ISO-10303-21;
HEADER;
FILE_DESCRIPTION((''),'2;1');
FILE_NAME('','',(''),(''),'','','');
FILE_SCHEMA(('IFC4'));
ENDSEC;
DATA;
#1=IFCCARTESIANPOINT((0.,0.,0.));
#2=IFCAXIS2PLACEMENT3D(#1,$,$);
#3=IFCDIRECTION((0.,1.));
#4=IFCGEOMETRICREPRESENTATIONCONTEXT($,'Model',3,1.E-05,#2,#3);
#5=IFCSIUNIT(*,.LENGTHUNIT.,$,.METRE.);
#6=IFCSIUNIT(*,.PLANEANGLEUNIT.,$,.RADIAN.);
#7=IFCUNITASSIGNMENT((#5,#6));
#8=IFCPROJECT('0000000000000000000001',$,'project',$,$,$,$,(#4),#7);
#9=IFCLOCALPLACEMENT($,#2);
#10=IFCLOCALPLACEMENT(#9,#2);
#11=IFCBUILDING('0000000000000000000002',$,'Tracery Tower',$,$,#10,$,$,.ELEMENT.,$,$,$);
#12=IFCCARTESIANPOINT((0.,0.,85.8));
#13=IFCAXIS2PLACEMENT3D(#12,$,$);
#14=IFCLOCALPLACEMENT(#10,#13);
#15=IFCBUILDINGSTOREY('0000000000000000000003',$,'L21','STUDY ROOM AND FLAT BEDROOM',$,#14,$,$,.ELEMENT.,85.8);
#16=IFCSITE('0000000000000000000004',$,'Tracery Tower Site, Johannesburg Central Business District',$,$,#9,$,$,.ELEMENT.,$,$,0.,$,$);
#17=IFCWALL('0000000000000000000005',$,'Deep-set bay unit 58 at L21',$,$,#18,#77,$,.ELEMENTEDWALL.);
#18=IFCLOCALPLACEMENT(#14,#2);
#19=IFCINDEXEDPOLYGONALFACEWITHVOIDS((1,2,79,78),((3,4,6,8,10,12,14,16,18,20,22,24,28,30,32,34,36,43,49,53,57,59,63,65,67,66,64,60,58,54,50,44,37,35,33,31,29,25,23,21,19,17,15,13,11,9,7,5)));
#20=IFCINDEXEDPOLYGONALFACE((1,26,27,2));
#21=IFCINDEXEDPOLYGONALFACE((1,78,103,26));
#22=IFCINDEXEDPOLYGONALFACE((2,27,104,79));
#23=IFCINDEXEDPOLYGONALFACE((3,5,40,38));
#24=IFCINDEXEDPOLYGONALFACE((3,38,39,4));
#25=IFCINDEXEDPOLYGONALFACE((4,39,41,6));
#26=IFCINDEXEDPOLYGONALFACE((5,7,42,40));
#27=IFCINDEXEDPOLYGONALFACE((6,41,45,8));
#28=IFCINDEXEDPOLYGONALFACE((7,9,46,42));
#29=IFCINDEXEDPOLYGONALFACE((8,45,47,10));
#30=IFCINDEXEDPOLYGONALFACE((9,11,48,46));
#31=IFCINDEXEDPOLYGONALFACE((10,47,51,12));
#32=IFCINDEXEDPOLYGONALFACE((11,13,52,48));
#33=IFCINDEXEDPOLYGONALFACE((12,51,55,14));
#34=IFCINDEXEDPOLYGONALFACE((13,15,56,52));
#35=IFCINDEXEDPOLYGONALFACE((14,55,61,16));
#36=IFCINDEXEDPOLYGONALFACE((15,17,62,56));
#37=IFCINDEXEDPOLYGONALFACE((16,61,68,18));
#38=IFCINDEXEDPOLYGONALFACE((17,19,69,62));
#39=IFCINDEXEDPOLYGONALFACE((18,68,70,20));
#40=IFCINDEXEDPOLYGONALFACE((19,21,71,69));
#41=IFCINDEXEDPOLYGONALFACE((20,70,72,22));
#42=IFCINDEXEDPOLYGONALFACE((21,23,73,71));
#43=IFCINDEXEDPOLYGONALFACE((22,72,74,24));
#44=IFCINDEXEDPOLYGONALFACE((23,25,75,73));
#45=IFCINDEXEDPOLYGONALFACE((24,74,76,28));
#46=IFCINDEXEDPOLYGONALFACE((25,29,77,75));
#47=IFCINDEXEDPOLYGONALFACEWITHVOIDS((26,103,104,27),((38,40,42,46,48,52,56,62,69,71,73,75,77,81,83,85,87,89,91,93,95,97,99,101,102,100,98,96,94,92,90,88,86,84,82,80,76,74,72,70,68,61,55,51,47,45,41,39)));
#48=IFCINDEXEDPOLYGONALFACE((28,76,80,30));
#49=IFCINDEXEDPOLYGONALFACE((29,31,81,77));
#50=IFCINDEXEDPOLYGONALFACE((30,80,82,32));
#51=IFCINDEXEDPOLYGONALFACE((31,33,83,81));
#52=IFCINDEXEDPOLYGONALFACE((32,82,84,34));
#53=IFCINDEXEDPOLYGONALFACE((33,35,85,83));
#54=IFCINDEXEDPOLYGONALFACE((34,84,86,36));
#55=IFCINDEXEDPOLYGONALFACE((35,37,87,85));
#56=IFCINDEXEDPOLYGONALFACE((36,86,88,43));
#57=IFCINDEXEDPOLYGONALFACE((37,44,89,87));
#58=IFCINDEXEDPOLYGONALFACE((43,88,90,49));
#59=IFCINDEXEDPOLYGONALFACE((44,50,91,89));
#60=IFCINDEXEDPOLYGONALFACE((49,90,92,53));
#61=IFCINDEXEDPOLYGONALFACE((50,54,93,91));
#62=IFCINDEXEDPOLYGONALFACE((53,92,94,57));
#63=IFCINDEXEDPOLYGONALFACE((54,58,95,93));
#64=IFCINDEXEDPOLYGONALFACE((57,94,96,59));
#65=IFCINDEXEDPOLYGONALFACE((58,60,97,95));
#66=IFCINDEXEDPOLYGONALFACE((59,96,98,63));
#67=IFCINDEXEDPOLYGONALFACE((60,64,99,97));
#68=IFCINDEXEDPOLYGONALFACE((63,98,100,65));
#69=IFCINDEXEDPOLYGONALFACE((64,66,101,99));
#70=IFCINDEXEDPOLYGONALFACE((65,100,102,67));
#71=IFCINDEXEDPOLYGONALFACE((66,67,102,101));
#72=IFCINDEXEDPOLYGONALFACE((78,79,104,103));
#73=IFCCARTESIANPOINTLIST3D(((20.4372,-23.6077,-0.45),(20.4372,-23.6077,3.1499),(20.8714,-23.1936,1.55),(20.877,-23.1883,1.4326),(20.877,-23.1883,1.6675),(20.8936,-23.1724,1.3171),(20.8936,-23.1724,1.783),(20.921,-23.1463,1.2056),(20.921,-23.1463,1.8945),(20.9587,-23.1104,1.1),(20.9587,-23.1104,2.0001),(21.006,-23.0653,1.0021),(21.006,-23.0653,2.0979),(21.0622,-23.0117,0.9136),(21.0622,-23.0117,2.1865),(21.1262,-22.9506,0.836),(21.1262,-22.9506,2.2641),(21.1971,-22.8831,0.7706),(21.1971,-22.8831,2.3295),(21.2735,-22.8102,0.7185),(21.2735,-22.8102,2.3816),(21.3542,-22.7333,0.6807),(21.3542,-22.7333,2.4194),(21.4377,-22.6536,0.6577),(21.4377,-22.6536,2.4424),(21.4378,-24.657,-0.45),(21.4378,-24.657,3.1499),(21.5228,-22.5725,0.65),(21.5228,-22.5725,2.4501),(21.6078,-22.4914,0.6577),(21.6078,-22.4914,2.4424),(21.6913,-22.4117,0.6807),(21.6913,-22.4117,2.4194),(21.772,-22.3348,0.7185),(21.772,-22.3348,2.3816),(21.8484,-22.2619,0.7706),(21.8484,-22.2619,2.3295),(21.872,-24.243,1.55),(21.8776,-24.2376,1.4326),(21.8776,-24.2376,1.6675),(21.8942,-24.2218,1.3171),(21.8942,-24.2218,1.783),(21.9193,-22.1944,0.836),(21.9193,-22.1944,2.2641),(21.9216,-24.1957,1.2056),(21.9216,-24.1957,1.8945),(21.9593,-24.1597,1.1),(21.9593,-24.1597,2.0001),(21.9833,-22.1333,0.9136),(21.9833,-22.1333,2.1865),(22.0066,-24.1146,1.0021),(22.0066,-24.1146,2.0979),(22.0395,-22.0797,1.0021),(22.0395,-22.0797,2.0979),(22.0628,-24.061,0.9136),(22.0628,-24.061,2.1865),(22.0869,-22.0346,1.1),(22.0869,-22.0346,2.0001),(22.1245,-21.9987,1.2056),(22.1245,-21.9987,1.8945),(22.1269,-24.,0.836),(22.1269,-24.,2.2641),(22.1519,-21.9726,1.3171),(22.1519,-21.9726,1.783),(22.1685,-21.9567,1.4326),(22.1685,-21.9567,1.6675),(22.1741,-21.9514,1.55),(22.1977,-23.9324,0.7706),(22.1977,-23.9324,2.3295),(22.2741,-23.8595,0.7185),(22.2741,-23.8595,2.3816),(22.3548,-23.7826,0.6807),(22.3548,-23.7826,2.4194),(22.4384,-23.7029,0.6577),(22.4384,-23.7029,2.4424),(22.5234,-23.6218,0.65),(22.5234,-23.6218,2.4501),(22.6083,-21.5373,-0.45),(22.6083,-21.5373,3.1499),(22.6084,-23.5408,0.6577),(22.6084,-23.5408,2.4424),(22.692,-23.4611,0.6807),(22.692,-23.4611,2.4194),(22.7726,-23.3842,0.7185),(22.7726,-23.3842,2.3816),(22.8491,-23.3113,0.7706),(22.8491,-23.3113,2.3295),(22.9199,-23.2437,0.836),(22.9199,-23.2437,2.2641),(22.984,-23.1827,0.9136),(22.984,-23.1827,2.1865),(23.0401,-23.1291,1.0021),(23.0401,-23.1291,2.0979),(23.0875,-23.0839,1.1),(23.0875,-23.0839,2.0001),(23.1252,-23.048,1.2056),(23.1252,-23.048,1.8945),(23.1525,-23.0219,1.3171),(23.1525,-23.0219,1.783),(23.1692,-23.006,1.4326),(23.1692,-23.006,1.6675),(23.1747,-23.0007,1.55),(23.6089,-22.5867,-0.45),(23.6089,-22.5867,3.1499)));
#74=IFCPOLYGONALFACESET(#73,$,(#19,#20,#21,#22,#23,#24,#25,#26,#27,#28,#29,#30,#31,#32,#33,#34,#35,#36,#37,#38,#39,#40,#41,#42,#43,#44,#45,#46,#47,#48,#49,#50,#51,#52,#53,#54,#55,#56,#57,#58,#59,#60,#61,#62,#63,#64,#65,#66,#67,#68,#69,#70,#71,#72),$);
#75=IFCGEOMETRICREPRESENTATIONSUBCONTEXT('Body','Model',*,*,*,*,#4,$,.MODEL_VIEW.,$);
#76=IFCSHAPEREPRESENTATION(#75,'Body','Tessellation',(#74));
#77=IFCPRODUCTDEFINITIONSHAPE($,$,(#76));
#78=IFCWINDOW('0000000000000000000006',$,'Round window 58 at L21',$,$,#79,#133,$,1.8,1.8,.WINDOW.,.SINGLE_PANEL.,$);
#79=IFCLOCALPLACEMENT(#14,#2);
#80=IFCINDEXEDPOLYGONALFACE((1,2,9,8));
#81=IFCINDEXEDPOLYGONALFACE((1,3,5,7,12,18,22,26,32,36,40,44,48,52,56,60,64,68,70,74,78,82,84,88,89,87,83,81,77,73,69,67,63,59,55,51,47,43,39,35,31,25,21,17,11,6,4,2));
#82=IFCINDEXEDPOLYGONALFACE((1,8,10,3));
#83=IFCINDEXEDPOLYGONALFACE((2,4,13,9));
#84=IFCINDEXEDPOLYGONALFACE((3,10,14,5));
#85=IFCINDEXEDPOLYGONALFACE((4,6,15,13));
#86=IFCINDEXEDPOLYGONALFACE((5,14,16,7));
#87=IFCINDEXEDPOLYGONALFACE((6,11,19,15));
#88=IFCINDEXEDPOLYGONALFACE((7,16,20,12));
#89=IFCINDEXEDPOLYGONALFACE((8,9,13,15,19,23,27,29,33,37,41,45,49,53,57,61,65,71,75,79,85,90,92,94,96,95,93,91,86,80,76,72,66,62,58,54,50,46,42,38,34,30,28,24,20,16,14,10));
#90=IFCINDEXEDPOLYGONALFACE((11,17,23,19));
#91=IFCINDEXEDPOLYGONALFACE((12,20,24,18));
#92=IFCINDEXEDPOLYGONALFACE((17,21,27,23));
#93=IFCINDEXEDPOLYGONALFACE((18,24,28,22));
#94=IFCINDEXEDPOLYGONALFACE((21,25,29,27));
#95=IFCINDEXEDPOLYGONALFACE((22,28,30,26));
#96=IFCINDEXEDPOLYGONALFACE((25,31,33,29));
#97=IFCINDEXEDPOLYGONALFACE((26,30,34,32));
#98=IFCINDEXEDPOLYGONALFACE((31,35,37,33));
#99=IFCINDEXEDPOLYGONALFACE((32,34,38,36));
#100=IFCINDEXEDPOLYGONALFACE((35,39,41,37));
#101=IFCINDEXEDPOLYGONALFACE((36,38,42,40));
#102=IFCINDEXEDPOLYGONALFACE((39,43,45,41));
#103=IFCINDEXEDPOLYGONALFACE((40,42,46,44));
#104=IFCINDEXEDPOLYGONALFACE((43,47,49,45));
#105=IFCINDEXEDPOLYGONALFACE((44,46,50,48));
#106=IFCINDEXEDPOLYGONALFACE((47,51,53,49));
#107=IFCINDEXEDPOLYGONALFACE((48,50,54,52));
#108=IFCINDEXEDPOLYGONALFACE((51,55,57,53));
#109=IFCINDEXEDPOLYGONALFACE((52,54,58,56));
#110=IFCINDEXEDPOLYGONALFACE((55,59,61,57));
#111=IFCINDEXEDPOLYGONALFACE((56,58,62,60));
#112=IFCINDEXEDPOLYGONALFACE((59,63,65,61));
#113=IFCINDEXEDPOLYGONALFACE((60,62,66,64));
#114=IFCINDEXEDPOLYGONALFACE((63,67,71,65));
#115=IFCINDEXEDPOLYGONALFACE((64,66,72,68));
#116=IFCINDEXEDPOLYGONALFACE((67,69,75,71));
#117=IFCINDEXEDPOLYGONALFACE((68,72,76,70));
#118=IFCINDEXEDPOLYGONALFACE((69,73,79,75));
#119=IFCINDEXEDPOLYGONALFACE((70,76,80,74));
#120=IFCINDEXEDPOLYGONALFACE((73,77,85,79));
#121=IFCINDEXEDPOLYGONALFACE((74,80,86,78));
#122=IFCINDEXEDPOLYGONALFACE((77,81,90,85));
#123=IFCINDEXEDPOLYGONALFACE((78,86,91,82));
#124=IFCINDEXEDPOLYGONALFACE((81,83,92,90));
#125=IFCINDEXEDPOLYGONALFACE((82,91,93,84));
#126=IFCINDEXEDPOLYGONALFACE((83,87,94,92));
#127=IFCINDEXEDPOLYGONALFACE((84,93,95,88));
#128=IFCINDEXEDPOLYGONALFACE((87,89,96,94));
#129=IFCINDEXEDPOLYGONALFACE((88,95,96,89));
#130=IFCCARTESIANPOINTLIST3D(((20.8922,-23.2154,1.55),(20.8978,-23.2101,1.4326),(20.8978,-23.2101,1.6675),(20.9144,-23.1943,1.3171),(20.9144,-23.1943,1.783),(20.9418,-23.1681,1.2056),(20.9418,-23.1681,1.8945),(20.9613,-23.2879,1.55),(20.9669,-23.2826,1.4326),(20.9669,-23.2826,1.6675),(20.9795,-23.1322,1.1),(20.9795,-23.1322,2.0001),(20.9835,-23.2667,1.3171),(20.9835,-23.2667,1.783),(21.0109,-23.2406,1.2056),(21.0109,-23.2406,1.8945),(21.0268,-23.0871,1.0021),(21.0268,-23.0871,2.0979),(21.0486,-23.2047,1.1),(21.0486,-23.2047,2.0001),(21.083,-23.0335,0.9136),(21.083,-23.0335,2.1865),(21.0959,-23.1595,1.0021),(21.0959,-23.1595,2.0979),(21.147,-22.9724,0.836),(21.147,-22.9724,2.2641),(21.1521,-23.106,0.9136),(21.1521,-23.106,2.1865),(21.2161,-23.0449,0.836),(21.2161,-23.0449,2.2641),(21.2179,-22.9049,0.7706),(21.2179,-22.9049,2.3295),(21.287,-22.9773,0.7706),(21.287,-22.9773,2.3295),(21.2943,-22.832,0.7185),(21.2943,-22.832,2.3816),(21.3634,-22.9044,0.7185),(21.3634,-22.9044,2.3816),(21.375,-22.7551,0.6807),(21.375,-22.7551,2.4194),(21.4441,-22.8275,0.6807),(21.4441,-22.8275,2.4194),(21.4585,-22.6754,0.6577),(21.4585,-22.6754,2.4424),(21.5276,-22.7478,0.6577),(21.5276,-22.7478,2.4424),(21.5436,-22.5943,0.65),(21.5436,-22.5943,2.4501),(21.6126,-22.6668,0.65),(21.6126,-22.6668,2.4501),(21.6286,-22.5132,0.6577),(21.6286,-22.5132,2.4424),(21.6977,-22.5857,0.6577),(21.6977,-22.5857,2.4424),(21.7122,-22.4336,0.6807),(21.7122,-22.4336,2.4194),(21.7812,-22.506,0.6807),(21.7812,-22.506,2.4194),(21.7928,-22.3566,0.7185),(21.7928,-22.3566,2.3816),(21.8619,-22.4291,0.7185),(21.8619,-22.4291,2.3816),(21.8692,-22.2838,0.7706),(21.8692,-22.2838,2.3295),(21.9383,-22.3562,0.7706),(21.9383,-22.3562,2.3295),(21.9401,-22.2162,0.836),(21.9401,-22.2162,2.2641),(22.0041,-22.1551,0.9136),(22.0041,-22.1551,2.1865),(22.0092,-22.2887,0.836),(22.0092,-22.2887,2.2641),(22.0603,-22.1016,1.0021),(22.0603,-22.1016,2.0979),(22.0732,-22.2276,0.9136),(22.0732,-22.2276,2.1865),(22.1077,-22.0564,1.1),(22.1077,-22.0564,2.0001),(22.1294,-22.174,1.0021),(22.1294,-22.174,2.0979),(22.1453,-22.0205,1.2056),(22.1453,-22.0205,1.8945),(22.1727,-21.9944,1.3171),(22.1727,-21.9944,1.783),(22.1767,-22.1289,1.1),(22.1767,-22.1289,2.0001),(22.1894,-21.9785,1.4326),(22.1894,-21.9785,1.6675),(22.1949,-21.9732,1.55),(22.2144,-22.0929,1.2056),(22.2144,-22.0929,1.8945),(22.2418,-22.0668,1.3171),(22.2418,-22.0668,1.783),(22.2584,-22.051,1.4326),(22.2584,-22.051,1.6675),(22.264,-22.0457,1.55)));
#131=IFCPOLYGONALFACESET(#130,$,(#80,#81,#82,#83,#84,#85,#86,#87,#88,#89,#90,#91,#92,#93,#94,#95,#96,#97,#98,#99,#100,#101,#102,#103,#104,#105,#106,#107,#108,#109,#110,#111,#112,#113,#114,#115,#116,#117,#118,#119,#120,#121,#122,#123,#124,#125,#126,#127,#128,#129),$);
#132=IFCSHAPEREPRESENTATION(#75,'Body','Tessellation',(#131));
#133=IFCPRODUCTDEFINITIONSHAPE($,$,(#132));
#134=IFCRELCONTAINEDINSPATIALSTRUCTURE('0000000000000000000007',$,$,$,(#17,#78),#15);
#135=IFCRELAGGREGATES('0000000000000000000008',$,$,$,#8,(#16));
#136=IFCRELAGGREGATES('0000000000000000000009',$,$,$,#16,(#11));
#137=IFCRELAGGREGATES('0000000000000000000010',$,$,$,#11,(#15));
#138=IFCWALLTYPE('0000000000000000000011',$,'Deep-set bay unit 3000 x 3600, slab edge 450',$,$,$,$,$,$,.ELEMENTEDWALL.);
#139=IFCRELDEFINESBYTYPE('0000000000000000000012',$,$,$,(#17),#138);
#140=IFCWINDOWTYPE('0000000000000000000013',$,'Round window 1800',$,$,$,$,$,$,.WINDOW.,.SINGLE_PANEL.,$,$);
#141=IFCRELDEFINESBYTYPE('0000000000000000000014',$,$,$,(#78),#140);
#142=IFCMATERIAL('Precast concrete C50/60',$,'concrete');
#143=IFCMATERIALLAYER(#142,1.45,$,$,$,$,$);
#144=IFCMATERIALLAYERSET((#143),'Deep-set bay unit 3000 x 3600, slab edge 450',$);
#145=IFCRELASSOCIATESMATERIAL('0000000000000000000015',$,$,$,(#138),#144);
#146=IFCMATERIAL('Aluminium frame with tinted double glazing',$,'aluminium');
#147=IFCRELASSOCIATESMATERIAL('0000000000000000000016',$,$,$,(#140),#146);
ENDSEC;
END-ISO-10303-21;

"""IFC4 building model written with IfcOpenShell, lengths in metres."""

from ifc_helpers import new_model, si_unit, direction, frame, frame_2d, origin, origin_2d, place, context, subcontext, project, spatial, rectangle, circle, extrude, material, layer, layer_set, type_object, element, fill, save


model = new_model("IFC4")

# Units and contexts
model_context = context("Model", 3, precision=1e-05, world=origin(), true_north=direction((0.0, 1.0)))
body_context = subcontext(model_context, "Body", "Model", "MODEL_VIEW")
ifc_project = project(units=[si_unit("LENGTHUNIT", "METRE"), si_unit("PLANEANGLEUNIT", "RADIAN")], contexts=[model_context])

# Site, building, storey
site_placement = place(None, origin())
site = spatial("IfcSite", under=ifc_project, at=site_placement, Name="Tracery Tower Site, Johannesburg Central Business District", CompositionType="ELEMENT", RefElevation=0.0)
building_placement = place(site_placement, origin())
building = spatial("IfcBuilding", under=site, at=building_placement, Name="Tracery Tower", CompositionType="ELEMENT")
storey_placement = place(building_placement, frame((0.0, 0.0, 85.8)))
storey = spatial("IfcBuildingStorey", under=building, at=storey_placement, Name="L21", Description="STUDY ROOM AND FLAT BEDROOM", CompositionType="ELEMENT", Elevation=85.8)

# Wall, opening, window
ifc_material_1 = material(Name="Precast concrete C50/60", Category="concrete")
ifc_layer_1 = layer(ifc_material_1, 1.45)
ifc_layer_set_1 = layer_set([ifc_layer_1], Name="Deep-set bay unit 3000 x 3600, slab edge 450")
wall_type_1 = type_object("IfcWallType", Name="Deep-set bay unit 3000 x 3600, slab edge 450", PredefinedType="ELEMENTEDWALL", material=ifc_layer_set_1)
ifc_material_2 = material(Name="Aluminium frame with tinted double glazing", Category="aluminium")
window_type = type_object("IfcWindowType", Name="Round window 1800", PartitioningType="SINGLE_PANEL", PredefinedType="WINDOW", material=ifc_material_2)
wall_1_placement = place(storey_placement, frame((20.9375, -24.1323, -0.45), z_axis=(0.0, 0.0, 1.0), x_axis=(0.723712, 0.690102, 0.0)))
wall_1 = element("IfcWall", 1, at=wall_1_placement, inside=storey, type_object=wall_type_1, Name="Deep-set bay unit 58 at L21", PredefinedType="ELEMENTEDWALL", context=body_context, shape_type="SweptSolid", body=[
    extrude(rectangle(XDim=3.0, YDim=1.45, at=frame_2d((1.5, 0.0))), origin(), (0.0, 0.0, 1.0), 3.5999),
])
opening_1_placement = place(wall_1_placement, frame((1.5, 0.0, 2.0)))
opening_1 = element("IfcOpeningElement", 2, at=opening_1_placement, cuts=wall_1, PredefinedType="OPENING", context=body_context, shape_type="SweptSolid", body=[
    extrude(circle(Radius=0.9, at=origin_2d()), frame((0.0, 0.7349, 0.0), z_axis=(0.0, -1.0, 0.0), x_axis=(1.0, 0.0, 0.0)), (0.0, 0.0, 1.0), 1.47),
])
window_1_placement = place(opening_1_placement, origin())
window_1 = element("IfcWindow", 3, at=window_1_placement, inside=storey, type_object=window_type, Name="Round window 58 at L21", OverallHeight=1.8, OverallWidth=1.8, PartitioningType="SINGLE_PANEL", PredefinedType="WINDOW", context=body_context, shape_type="SweptSolid", body=[
    extrude(circle(Radius=0.9, at=origin_2d()), frame((0.0, 0.6948, 0.0), z_axis=(0.0, -1.0, 0.0), x_axis=(1.0, 0.0, 0.0)), (0.0, 0.0, 1.0), 0.1001),
])
fill(opening_1, window_1)

save(model, "model.ifc")
